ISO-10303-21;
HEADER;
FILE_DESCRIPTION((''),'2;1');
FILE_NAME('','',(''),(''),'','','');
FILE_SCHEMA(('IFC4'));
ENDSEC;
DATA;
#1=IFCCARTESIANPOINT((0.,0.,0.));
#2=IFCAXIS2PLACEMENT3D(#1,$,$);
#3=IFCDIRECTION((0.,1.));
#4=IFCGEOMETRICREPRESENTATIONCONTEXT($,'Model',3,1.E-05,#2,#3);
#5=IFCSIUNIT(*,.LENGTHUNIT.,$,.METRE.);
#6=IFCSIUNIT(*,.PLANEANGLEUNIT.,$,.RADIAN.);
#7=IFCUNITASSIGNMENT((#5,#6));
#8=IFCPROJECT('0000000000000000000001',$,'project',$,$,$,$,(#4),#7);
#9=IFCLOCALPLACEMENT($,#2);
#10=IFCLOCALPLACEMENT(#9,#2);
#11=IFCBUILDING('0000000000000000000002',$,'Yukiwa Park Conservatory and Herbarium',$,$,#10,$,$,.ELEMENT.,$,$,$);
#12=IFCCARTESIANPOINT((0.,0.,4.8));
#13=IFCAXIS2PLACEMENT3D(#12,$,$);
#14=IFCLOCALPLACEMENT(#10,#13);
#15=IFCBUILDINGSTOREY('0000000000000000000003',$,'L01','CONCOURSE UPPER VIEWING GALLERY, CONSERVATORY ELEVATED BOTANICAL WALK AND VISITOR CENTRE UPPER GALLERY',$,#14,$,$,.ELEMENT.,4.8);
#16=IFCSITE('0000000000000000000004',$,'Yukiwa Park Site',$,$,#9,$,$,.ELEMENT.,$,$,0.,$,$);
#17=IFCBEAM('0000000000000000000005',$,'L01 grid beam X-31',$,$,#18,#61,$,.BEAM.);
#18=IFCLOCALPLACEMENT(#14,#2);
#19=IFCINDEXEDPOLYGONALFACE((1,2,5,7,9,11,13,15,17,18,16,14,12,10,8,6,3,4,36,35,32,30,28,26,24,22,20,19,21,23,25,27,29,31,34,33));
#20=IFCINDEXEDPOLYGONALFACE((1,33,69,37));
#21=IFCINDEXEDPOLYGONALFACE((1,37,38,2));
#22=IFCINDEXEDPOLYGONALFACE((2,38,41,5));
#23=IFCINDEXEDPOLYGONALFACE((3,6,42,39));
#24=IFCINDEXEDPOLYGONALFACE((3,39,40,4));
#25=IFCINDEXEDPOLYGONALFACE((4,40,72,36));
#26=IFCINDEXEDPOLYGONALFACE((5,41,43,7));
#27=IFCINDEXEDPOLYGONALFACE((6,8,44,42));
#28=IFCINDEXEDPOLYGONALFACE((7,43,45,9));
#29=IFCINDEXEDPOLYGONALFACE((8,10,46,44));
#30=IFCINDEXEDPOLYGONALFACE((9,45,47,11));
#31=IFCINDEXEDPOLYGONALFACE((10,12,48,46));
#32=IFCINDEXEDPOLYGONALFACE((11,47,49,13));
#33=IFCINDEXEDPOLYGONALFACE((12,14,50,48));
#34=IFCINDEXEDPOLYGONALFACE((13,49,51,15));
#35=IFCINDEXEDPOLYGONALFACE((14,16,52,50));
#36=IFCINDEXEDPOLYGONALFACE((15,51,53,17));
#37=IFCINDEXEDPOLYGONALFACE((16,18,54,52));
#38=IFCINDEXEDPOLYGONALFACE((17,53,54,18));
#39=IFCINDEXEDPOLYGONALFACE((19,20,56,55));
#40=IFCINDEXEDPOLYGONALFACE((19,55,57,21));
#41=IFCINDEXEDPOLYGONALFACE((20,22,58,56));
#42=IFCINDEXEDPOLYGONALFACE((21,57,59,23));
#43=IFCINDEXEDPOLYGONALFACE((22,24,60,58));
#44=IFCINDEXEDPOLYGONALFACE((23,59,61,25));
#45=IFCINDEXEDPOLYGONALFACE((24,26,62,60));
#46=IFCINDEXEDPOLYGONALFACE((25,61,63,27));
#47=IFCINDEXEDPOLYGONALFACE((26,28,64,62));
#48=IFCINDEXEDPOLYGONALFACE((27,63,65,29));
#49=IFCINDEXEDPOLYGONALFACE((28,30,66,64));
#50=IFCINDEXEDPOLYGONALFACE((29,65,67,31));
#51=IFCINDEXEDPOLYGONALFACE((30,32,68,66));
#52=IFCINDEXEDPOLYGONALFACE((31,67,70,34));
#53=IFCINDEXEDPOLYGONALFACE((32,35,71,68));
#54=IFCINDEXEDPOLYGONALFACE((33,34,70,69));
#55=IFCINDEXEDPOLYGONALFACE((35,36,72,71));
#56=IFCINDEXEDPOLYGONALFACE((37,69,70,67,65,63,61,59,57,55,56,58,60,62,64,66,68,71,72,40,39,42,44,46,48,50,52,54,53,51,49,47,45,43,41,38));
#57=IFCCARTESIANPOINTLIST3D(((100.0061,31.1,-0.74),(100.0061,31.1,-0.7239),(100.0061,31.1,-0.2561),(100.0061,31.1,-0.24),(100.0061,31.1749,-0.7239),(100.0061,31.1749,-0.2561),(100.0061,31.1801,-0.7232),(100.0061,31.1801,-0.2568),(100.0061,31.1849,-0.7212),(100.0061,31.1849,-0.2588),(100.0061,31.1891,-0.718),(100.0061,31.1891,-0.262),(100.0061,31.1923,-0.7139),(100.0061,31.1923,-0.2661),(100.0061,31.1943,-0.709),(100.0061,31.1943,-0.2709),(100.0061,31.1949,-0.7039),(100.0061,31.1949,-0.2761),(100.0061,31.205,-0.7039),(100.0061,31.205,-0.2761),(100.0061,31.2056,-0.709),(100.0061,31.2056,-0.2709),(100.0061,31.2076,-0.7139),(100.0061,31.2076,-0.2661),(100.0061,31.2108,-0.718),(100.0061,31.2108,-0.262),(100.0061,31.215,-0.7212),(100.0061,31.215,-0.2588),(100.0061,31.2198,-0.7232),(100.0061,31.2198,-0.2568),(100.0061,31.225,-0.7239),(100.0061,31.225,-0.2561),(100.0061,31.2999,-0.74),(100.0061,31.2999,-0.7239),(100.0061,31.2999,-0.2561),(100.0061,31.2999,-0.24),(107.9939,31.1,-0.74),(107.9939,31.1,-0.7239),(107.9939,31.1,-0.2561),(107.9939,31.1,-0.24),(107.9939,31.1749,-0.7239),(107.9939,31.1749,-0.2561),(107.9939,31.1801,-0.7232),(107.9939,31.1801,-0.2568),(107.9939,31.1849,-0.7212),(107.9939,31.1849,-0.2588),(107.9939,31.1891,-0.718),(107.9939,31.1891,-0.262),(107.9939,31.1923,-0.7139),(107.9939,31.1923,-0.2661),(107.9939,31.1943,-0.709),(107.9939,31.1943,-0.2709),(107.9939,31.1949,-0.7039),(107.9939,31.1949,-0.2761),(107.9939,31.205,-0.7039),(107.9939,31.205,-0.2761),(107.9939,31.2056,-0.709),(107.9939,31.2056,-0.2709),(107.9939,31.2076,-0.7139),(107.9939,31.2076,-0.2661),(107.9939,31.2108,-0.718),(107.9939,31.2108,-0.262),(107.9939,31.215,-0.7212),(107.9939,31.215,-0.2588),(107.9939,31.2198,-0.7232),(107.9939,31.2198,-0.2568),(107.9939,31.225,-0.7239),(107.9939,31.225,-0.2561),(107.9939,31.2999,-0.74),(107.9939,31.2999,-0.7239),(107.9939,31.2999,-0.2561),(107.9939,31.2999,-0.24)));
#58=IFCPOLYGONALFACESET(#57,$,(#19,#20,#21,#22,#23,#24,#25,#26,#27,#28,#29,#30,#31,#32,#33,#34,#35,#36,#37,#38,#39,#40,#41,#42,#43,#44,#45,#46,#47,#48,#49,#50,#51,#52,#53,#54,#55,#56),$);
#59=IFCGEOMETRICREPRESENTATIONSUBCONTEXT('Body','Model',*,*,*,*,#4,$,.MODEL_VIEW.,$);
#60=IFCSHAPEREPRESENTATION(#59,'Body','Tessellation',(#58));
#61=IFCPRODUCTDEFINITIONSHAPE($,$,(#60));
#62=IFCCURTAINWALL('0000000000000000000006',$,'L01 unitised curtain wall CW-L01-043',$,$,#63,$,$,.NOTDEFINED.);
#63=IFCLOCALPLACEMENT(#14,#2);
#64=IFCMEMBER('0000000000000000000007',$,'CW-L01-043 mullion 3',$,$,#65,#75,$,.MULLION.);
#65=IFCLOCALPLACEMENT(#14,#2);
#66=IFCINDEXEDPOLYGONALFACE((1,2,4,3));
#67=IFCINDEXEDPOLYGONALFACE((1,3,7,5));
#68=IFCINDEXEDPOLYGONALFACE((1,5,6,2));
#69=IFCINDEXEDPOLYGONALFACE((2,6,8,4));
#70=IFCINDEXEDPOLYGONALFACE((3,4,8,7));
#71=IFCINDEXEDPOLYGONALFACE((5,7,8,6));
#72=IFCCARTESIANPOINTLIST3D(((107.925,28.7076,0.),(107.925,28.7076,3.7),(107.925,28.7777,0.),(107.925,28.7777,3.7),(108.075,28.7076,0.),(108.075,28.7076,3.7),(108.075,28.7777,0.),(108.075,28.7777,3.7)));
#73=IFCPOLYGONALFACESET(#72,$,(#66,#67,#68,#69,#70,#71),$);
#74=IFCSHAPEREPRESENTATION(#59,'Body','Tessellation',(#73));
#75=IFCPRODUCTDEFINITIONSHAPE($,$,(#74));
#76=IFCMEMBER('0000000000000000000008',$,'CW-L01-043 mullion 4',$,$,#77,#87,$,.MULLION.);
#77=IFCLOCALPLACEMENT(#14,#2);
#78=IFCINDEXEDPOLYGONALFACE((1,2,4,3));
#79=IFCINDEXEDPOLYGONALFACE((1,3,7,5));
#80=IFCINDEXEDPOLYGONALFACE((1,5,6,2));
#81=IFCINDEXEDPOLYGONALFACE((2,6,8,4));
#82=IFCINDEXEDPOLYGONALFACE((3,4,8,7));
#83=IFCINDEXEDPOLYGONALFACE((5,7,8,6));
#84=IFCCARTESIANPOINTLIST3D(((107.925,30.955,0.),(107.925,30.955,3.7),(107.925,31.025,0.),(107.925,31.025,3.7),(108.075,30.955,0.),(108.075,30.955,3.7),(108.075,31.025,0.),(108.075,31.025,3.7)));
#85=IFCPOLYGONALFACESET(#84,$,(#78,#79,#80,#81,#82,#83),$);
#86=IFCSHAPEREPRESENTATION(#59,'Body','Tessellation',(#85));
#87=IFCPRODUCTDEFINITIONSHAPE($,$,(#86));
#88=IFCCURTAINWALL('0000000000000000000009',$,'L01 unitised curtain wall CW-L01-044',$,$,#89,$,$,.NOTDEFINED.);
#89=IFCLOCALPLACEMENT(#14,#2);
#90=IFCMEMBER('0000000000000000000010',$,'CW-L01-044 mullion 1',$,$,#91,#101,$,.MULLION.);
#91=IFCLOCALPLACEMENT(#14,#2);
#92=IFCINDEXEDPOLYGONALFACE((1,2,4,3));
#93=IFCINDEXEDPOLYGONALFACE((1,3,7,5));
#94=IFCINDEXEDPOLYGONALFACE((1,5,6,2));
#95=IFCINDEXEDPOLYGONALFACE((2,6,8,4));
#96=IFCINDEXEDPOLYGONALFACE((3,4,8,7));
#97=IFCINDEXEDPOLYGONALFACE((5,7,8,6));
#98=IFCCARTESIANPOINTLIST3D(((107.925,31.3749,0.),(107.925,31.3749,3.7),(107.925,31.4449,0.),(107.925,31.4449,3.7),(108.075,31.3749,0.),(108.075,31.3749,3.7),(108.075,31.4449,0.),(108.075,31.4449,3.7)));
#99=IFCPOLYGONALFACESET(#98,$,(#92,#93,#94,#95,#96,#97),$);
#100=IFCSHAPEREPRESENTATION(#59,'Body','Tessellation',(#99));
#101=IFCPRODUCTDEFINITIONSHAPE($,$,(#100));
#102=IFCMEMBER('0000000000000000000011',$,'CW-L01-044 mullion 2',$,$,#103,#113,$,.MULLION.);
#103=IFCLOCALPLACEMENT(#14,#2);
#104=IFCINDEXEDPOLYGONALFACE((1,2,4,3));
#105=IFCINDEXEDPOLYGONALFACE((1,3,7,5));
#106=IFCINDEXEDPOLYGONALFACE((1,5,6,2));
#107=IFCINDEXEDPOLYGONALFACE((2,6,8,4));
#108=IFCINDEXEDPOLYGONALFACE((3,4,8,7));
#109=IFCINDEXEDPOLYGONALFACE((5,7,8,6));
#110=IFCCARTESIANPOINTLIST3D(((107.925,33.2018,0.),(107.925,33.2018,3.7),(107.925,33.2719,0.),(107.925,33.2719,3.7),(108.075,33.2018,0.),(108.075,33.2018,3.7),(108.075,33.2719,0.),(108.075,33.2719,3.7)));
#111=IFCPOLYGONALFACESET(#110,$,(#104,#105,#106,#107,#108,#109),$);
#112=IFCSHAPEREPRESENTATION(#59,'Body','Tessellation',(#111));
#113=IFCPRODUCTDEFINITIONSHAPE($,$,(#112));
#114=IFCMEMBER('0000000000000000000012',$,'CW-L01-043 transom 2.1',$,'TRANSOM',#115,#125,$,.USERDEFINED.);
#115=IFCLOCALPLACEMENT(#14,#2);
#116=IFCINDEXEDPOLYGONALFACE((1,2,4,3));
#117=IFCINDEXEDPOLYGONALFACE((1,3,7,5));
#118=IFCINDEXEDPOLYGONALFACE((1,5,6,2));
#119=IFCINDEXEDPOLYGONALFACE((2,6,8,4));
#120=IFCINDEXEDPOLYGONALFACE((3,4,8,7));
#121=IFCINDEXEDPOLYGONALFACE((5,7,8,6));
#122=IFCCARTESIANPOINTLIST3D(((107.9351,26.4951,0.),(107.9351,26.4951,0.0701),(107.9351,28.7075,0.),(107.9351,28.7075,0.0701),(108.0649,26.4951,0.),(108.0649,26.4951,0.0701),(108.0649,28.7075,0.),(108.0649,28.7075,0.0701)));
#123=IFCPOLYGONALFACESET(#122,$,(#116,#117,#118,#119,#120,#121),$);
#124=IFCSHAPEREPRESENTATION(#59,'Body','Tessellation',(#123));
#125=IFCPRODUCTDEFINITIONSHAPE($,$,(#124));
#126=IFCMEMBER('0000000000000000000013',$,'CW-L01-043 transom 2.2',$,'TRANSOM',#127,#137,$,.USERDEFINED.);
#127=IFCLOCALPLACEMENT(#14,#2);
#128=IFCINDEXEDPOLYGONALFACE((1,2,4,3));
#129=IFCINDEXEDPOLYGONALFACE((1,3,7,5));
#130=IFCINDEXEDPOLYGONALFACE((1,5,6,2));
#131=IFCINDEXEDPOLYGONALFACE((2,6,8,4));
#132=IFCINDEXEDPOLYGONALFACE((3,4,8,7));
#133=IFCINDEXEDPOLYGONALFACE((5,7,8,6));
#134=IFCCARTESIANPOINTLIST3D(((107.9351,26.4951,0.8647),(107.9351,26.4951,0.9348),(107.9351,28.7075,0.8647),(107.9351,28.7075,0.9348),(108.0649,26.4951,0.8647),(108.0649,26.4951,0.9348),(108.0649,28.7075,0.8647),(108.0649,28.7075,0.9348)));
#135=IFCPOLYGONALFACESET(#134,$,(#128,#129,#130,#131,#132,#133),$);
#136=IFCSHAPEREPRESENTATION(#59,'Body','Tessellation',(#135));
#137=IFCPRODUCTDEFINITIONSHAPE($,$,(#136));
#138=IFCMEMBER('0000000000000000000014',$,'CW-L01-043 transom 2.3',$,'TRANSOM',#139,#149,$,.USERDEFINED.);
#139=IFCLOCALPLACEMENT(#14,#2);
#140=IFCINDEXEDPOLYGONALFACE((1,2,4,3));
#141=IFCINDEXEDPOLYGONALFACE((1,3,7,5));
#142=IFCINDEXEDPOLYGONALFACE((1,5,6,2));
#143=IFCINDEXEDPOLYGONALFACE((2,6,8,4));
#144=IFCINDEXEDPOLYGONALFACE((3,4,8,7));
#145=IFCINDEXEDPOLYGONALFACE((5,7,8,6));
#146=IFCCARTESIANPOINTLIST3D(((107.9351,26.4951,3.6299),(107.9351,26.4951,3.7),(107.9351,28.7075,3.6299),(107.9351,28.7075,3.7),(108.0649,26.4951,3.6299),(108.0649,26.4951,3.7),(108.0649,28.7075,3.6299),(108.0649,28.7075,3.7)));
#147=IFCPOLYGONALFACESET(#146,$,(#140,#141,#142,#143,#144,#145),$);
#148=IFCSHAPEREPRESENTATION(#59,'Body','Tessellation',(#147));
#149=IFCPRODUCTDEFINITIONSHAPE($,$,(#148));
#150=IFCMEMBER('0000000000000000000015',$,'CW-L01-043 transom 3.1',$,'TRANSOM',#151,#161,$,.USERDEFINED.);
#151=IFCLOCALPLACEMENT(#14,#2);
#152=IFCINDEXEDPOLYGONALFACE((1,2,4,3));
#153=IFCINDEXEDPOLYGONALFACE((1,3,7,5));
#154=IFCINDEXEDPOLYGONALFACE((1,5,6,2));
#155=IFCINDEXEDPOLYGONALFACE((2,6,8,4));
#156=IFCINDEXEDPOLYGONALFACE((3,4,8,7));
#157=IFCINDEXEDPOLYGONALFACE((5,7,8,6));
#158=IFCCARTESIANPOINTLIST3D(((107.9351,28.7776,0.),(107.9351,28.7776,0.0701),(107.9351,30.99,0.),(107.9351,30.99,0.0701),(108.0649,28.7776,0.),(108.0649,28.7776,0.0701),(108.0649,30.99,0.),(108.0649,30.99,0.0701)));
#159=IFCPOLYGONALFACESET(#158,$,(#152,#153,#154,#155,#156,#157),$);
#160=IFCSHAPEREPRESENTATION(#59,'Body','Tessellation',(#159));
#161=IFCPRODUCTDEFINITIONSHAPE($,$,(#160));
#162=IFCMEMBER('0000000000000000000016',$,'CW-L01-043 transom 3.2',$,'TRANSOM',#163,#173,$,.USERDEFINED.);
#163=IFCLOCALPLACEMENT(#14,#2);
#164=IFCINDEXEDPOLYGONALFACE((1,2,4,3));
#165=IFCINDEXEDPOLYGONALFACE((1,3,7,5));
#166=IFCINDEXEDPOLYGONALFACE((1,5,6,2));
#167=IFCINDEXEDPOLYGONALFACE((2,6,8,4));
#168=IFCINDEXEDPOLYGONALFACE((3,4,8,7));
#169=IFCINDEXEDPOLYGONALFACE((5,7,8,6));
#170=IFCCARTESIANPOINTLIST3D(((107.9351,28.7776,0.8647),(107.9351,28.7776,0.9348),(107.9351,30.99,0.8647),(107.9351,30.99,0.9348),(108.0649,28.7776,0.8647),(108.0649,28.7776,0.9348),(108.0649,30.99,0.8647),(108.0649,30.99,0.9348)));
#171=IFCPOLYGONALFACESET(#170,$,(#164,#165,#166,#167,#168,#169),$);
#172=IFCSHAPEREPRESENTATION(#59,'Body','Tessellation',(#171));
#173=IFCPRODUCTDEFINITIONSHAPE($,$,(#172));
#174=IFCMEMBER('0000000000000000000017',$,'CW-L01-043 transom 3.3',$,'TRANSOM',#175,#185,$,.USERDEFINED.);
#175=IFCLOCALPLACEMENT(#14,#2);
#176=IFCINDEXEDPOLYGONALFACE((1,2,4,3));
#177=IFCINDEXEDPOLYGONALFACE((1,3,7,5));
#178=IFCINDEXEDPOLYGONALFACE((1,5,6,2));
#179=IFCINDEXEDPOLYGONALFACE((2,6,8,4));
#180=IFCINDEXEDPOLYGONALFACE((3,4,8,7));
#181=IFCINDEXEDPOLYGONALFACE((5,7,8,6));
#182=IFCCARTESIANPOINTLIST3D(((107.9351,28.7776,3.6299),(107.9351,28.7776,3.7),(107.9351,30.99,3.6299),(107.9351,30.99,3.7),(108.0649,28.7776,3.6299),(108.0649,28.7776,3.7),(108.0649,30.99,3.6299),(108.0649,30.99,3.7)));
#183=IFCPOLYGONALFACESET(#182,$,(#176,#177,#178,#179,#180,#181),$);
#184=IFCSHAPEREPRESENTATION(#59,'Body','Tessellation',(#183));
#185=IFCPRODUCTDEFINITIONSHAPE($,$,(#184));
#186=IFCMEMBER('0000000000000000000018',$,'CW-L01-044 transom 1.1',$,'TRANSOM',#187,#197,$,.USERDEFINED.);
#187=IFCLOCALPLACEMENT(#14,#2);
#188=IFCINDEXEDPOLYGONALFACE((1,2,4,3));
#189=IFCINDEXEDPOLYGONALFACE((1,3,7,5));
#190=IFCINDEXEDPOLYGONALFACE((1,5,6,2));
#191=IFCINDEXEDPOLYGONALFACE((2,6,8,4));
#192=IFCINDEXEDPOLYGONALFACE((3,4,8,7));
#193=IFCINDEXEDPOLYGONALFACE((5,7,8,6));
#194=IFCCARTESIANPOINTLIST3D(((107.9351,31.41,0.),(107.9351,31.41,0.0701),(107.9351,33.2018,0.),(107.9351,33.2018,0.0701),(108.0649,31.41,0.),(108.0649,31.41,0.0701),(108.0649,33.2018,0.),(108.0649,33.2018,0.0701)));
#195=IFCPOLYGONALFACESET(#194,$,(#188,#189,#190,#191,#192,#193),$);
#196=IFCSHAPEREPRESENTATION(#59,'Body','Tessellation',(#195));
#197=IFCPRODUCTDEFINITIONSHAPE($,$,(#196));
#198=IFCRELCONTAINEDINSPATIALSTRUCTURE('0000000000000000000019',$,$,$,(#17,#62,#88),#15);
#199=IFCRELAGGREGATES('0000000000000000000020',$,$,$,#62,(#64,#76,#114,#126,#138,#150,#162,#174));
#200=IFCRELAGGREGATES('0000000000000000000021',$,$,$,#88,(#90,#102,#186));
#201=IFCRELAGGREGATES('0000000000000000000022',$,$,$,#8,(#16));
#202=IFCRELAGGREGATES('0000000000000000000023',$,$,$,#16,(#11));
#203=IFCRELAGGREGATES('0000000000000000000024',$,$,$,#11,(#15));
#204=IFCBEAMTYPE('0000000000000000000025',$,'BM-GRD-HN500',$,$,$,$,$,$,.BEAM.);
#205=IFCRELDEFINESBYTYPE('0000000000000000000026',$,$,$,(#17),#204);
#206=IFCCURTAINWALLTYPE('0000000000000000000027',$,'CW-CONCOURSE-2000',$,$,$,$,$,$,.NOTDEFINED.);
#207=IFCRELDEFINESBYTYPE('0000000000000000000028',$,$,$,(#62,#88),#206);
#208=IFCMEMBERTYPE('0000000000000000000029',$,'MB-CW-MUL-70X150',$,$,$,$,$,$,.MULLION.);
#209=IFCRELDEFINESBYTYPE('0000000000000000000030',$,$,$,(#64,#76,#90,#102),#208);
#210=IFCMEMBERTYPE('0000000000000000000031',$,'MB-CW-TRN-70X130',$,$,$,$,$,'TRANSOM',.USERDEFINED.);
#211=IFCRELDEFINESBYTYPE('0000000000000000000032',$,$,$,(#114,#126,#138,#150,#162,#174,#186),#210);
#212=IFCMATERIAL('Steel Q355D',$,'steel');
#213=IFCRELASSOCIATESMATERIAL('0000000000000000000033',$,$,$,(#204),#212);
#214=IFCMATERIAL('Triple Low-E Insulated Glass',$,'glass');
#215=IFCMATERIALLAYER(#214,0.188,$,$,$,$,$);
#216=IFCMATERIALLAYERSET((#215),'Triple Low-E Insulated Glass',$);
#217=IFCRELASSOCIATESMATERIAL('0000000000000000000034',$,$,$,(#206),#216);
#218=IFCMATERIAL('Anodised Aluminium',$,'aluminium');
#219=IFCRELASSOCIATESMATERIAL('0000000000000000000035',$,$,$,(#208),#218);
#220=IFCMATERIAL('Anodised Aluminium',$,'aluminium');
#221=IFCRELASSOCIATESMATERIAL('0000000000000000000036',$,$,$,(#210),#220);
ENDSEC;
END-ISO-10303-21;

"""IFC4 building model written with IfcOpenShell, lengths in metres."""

from ifc_helpers import new_model, si_unit, direction, frame, origin, origin_2d, place, context, subcontext, project, spatial, rectangle, i_section, extrude, material, layer, layer_set, material_profile, profile_set, type_object, element, aggregate, save


model = new_model("IFC4")

# Units and contexts
model_context = context("Model", 3, precision=1e-05, world=origin(), true_north=direction((0.0, 1.0)))
body_context = subcontext(model_context, "Body", "Model", "MODEL_VIEW")
ifc_project = project(units=[si_unit("LENGTHUNIT", "METRE"), si_unit("PLANEANGLEUNIT", "RADIAN")], contexts=[model_context])

# Site, building, storey
site_placement = place(None, origin())
site = spatial("IfcSite", under=ifc_project, at=site_placement, Name="Yukiwa Park Site", CompositionType="ELEMENT", RefElevation=0.0)
building_placement = place(site_placement, origin())
building = spatial("IfcBuilding", under=site, at=building_placement, Name="Yukiwa Park Conservatory and Herbarium", CompositionType="ELEMENT")
storey_placement = place(building_placement, frame((0.0, 0.0, 4.8)))
storey = spatial("IfcBuildingStorey", under=building, at=storey_placement, Name="L01", Description="CONCOURSE UPPER VIEWING GALLERY, CONSERVATORY ELEVATED BOTANICAL WALK AND VISITOR CENTRE UPPER GALLERY", CompositionType="ELEMENT", Elevation=4.8)

# Beam
ifc_material_1 = material(Name="Steel Q355D", Category="steel")
ifc_material_profile_1 = material_profile(ifc_material_1, i_section(OverallWidth=0.2, OverallDepth=0.5, WebThickness=0.01, FlangeThickness=0.0161, FilletRadius=0.02, at=origin_2d()), Name="HN 500x200x10x16")
ifc_profile_set_1 = profile_set([ifc_material_profile_1], Name="Steel Q355D")
beam_type_1 = type_object("IfcBeamType", Name="BM-GRD-HN500", PredefinedType="BEAM", material=ifc_profile_set_1)
for number, where, z_axis, x_axis, name in (
    (1, (100.0061, 31.2, -0.49), (1.0, 0.0, 0.0), (0.0, 1.0, 0.0), "L01 grid beam X-31"),
):
    element("IfcBeam", number, at=place(storey_placement, frame(where, z_axis=z_axis, x_axis=x_axis)), inside=storey, type_object=beam_type_1, Name=name, PredefinedType="BEAM", context=body_context, shape_type="SweptSolid", body=[
        extrude(i_section(OverallWidth=0.2, OverallDepth=0.5, WebThickness=0.01, FlangeThickness=0.0161, FilletRadius=0.02, at=origin_2d()), origin(), (0.0, 0.0, 1.0), 7.9878),
    ])

# Curtain walls, members
ifc_material_2 = material(Name="Triple Low-E Insulated Glass", Category="glass")
ifc_layer_1 = layer(ifc_material_2, 0.188)
ifc_layer_set_1 = layer_set([ifc_layer_1], Name="Triple Low-E Insulated Glass")
curtain_wall_type = type_object("IfcCurtainWallType", Name="CW-CONCOURSE-2000", PredefinedType="NOTDEFINED", material=ifc_layer_set_1)
curtain_wall_1_placement = place(storey_placement, origin())
curtain_wall_1 = element("IfcCurtainWall", 2, at=curtain_wall_1_placement, inside=storey, type_object=curtain_wall_type, Name="L01 unitised curtain wall CW-L01-043", PredefinedType="NOTDEFINED")
ifc_material_3 = material(Name="Anodised Aluminium", Category="aluminium")
member_type_1 = type_object("IfcMemberType", Name="MB-CW-MUL-70X150", PredefinedType="MULLION", material=ifc_material_3)
member_1_placement = place(storey_placement, frame((108.0, 28.7427, 0.0), z_axis=(0.0, 0.0, 1.0), x_axis=(0.0, 1.0, 0.0)))
member_1 = element("IfcMember", 3, at=member_1_placement, type_object=member_type_1, Name="CW-L01-043 mullion 3", PredefinedType="MULLION", context=body_context, shape_type="SweptSolid", body=[
    extrude(rectangle(XDim=0.0701, YDim=0.1499, at=origin_2d()), origin(), (0.0, 0.0, 1.0), 3.7),
])
member_2_placement = place(storey_placement, frame((108.0, 30.99, 0.0), z_axis=(0.0, 0.0, 1.0), x_axis=(0.0, 1.0, 0.0)))
member_2 = element("IfcMember", 4, at=member_2_placement, type_object=member_type_1, Name="CW-L01-043 mullion 4", PredefinedType="MULLION", context=body_context, shape_type="SweptSolid", body=[
    extrude(rectangle(XDim=0.0701, YDim=0.1499, at=origin_2d()), origin(), (0.0, 0.0, 1.0), 3.7),
])
curtain_wall_2_placement = place(storey_placement, origin())
curtain_wall_2 = element("IfcCurtainWall", 5, at=curtain_wall_2_placement, inside=storey, type_object=curtain_wall_type, Name="L01 unitised curtain wall CW-L01-044", PredefinedType="NOTDEFINED")
member_3_placement = place(storey_placement, frame((108.0, 31.4099, 0.0), z_axis=(0.0, 0.0, 1.0), x_axis=(0.0, 1.0, 0.0)))
member_3 = element("IfcMember", 6, at=member_3_placement, type_object=member_type_1, Name="CW-L01-044 mullion 1", PredefinedType="MULLION", context=body_context, shape_type="SweptSolid", body=[
    extrude(rectangle(XDim=0.0701, YDim=0.1499, at=origin_2d()), origin(), (0.0, 0.0, 1.0), 3.7),
])
member_4_placement = place(storey_placement, frame((108.0, 33.2368, 0.0), z_axis=(0.0, 0.0, 1.0), x_axis=(0.0, 1.0, 0.0)))
member_4 = element("IfcMember", 7, at=member_4_placement, type_object=member_type_1, Name="CW-L01-044 mullion 2", PredefinedType="MULLION", context=body_context, shape_type="SweptSolid", body=[
    extrude(rectangle(XDim=0.0701, YDim=0.1499, at=origin_2d()), origin(), (0.0, 0.0, 1.0), 3.7),
])

# Members
ifc_material_4 = material(Name="Anodised Aluminium", Category="aluminium")
member_type_2 = type_object("IfcMemberType", Name="MB-CW-TRN-70X130", ElementType="TRANSOM", PredefinedType="USERDEFINED", material=ifc_material_4)
member_5_placement = place(storey_placement, frame((108.0, 27.6013, 0.0), z_axis=(0.0, 0.0, 1.0), x_axis=(0.0, 1.0, 0.0)))
member_5 = element("IfcMember", 8, at=member_5_placement, type_object=member_type_2, Name="CW-L01-043 transom 2.1", ObjectType="TRANSOM", PredefinedType="USERDEFINED", context=body_context, shape_type="SweptSolid", body=[
    extrude(rectangle(XDim=2.2124, YDim=0.1299, at=origin_2d()), origin(), (0.0, 0.0, 1.0), 0.0701),
])
member_6_placement = place(storey_placement, frame((108.0, 27.6013, 0.8647), z_axis=(0.0, 0.0, 1.0), x_axis=(0.0, 1.0, 0.0)))
member_6 = element("IfcMember", 9, at=member_6_placement, type_object=member_type_2, Name="CW-L01-043 transom 2.2", ObjectType="TRANSOM", PredefinedType="USERDEFINED", context=body_context, shape_type="SweptSolid", body=[
    extrude(rectangle(XDim=2.2124, YDim=0.1299, at=origin_2d()), origin(), (0.0, 0.0, 1.0), 0.0701),
])
member_7_placement = place(storey_placement, frame((108.0, 27.6013, 3.6299), z_axis=(0.0, 0.0, 1.0), x_axis=(0.0, 1.0, 0.0)))
member_7 = element("IfcMember", 10, at=member_7_placement, type_object=member_type_2, Name="CW-L01-043 transom 2.3", ObjectType="TRANSOM", PredefinedType="USERDEFINED", context=body_context, shape_type="SweptSolid", body=[
    extrude(rectangle(XDim=2.2124, YDim=0.1299, at=origin_2d()), origin(), (0.0, 0.0, 1.0), 0.0701),
])
member_8_placement = place(storey_placement, frame((108.0, 29.8838, 0.0), z_axis=(0.0, 0.0, 1.0), x_axis=(0.0, 1.0, 0.0)))
member_8 = element("IfcMember", 11, at=member_8_placement, type_object=member_type_2, Name="CW-L01-043 transom 3.1", ObjectType="TRANSOM", PredefinedType="USERDEFINED", context=body_context, shape_type="SweptSolid", body=[
    extrude(rectangle(XDim=2.2124, YDim=0.1299, at=origin_2d()), origin(), (0.0, 0.0, 1.0), 0.0701),
])
member_9_placement = place(storey_placement, frame((108.0, 29.8838, 0.8647), z_axis=(0.0, 0.0, 1.0), x_axis=(0.0, 1.0, 0.0)))
member_9 = element("IfcMember", 12, at=member_9_placement, type_object=member_type_2, Name="CW-L01-043 transom 3.2", ObjectType="TRANSOM", PredefinedType="USERDEFINED", context=body_context, shape_type="SweptSolid", body=[
    extrude(rectangle(XDim=2.2124, YDim=0.1299, at=origin_2d()), origin(), (0.0, 0.0, 1.0), 0.0701),
])
member_10_placement = place(storey_placement, frame((108.0, 29.8838, 3.6299), z_axis=(0.0, 0.0, 1.0), x_axis=(0.0, 1.0, 0.0)))
member_10 = element("IfcMember", 13, at=member_10_placement, type_object=member_type_2, Name="CW-L01-043 transom 3.3", ObjectType="TRANSOM", PredefinedType="USERDEFINED", context=body_context, shape_type="SweptSolid", body=[
    extrude(rectangle(XDim=2.2124, YDim=0.1299, at=origin_2d()), origin(), (0.0, 0.0, 1.0), 0.0701),
])
member_11_placement = place(storey_placement, frame((108.0, 32.3059, 0.0), z_axis=(0.0, 0.0, 1.0), x_axis=(0.0, 1.0, 0.0)))
member_11 = element("IfcMember", 14, at=member_11_placement, type_object=member_type_2, Name="CW-L01-044 transom 1.1", ObjectType="TRANSOM", PredefinedType="USERDEFINED", context=body_context, shape_type="SweptSolid", body=[
    extrude(rectangle(XDim=1.7917, YDim=0.1299, at=origin_2d()), origin(), (0.0, 0.0, 1.0), 0.0701),
])

aggregate(curtain_wall_1, [member_1, member_2, member_5, member_6, member_7, member_8, member_9, member_10])
aggregate(curtain_wall_2, [member_3, member_4, member_11])

save(model, "model.ifc")
